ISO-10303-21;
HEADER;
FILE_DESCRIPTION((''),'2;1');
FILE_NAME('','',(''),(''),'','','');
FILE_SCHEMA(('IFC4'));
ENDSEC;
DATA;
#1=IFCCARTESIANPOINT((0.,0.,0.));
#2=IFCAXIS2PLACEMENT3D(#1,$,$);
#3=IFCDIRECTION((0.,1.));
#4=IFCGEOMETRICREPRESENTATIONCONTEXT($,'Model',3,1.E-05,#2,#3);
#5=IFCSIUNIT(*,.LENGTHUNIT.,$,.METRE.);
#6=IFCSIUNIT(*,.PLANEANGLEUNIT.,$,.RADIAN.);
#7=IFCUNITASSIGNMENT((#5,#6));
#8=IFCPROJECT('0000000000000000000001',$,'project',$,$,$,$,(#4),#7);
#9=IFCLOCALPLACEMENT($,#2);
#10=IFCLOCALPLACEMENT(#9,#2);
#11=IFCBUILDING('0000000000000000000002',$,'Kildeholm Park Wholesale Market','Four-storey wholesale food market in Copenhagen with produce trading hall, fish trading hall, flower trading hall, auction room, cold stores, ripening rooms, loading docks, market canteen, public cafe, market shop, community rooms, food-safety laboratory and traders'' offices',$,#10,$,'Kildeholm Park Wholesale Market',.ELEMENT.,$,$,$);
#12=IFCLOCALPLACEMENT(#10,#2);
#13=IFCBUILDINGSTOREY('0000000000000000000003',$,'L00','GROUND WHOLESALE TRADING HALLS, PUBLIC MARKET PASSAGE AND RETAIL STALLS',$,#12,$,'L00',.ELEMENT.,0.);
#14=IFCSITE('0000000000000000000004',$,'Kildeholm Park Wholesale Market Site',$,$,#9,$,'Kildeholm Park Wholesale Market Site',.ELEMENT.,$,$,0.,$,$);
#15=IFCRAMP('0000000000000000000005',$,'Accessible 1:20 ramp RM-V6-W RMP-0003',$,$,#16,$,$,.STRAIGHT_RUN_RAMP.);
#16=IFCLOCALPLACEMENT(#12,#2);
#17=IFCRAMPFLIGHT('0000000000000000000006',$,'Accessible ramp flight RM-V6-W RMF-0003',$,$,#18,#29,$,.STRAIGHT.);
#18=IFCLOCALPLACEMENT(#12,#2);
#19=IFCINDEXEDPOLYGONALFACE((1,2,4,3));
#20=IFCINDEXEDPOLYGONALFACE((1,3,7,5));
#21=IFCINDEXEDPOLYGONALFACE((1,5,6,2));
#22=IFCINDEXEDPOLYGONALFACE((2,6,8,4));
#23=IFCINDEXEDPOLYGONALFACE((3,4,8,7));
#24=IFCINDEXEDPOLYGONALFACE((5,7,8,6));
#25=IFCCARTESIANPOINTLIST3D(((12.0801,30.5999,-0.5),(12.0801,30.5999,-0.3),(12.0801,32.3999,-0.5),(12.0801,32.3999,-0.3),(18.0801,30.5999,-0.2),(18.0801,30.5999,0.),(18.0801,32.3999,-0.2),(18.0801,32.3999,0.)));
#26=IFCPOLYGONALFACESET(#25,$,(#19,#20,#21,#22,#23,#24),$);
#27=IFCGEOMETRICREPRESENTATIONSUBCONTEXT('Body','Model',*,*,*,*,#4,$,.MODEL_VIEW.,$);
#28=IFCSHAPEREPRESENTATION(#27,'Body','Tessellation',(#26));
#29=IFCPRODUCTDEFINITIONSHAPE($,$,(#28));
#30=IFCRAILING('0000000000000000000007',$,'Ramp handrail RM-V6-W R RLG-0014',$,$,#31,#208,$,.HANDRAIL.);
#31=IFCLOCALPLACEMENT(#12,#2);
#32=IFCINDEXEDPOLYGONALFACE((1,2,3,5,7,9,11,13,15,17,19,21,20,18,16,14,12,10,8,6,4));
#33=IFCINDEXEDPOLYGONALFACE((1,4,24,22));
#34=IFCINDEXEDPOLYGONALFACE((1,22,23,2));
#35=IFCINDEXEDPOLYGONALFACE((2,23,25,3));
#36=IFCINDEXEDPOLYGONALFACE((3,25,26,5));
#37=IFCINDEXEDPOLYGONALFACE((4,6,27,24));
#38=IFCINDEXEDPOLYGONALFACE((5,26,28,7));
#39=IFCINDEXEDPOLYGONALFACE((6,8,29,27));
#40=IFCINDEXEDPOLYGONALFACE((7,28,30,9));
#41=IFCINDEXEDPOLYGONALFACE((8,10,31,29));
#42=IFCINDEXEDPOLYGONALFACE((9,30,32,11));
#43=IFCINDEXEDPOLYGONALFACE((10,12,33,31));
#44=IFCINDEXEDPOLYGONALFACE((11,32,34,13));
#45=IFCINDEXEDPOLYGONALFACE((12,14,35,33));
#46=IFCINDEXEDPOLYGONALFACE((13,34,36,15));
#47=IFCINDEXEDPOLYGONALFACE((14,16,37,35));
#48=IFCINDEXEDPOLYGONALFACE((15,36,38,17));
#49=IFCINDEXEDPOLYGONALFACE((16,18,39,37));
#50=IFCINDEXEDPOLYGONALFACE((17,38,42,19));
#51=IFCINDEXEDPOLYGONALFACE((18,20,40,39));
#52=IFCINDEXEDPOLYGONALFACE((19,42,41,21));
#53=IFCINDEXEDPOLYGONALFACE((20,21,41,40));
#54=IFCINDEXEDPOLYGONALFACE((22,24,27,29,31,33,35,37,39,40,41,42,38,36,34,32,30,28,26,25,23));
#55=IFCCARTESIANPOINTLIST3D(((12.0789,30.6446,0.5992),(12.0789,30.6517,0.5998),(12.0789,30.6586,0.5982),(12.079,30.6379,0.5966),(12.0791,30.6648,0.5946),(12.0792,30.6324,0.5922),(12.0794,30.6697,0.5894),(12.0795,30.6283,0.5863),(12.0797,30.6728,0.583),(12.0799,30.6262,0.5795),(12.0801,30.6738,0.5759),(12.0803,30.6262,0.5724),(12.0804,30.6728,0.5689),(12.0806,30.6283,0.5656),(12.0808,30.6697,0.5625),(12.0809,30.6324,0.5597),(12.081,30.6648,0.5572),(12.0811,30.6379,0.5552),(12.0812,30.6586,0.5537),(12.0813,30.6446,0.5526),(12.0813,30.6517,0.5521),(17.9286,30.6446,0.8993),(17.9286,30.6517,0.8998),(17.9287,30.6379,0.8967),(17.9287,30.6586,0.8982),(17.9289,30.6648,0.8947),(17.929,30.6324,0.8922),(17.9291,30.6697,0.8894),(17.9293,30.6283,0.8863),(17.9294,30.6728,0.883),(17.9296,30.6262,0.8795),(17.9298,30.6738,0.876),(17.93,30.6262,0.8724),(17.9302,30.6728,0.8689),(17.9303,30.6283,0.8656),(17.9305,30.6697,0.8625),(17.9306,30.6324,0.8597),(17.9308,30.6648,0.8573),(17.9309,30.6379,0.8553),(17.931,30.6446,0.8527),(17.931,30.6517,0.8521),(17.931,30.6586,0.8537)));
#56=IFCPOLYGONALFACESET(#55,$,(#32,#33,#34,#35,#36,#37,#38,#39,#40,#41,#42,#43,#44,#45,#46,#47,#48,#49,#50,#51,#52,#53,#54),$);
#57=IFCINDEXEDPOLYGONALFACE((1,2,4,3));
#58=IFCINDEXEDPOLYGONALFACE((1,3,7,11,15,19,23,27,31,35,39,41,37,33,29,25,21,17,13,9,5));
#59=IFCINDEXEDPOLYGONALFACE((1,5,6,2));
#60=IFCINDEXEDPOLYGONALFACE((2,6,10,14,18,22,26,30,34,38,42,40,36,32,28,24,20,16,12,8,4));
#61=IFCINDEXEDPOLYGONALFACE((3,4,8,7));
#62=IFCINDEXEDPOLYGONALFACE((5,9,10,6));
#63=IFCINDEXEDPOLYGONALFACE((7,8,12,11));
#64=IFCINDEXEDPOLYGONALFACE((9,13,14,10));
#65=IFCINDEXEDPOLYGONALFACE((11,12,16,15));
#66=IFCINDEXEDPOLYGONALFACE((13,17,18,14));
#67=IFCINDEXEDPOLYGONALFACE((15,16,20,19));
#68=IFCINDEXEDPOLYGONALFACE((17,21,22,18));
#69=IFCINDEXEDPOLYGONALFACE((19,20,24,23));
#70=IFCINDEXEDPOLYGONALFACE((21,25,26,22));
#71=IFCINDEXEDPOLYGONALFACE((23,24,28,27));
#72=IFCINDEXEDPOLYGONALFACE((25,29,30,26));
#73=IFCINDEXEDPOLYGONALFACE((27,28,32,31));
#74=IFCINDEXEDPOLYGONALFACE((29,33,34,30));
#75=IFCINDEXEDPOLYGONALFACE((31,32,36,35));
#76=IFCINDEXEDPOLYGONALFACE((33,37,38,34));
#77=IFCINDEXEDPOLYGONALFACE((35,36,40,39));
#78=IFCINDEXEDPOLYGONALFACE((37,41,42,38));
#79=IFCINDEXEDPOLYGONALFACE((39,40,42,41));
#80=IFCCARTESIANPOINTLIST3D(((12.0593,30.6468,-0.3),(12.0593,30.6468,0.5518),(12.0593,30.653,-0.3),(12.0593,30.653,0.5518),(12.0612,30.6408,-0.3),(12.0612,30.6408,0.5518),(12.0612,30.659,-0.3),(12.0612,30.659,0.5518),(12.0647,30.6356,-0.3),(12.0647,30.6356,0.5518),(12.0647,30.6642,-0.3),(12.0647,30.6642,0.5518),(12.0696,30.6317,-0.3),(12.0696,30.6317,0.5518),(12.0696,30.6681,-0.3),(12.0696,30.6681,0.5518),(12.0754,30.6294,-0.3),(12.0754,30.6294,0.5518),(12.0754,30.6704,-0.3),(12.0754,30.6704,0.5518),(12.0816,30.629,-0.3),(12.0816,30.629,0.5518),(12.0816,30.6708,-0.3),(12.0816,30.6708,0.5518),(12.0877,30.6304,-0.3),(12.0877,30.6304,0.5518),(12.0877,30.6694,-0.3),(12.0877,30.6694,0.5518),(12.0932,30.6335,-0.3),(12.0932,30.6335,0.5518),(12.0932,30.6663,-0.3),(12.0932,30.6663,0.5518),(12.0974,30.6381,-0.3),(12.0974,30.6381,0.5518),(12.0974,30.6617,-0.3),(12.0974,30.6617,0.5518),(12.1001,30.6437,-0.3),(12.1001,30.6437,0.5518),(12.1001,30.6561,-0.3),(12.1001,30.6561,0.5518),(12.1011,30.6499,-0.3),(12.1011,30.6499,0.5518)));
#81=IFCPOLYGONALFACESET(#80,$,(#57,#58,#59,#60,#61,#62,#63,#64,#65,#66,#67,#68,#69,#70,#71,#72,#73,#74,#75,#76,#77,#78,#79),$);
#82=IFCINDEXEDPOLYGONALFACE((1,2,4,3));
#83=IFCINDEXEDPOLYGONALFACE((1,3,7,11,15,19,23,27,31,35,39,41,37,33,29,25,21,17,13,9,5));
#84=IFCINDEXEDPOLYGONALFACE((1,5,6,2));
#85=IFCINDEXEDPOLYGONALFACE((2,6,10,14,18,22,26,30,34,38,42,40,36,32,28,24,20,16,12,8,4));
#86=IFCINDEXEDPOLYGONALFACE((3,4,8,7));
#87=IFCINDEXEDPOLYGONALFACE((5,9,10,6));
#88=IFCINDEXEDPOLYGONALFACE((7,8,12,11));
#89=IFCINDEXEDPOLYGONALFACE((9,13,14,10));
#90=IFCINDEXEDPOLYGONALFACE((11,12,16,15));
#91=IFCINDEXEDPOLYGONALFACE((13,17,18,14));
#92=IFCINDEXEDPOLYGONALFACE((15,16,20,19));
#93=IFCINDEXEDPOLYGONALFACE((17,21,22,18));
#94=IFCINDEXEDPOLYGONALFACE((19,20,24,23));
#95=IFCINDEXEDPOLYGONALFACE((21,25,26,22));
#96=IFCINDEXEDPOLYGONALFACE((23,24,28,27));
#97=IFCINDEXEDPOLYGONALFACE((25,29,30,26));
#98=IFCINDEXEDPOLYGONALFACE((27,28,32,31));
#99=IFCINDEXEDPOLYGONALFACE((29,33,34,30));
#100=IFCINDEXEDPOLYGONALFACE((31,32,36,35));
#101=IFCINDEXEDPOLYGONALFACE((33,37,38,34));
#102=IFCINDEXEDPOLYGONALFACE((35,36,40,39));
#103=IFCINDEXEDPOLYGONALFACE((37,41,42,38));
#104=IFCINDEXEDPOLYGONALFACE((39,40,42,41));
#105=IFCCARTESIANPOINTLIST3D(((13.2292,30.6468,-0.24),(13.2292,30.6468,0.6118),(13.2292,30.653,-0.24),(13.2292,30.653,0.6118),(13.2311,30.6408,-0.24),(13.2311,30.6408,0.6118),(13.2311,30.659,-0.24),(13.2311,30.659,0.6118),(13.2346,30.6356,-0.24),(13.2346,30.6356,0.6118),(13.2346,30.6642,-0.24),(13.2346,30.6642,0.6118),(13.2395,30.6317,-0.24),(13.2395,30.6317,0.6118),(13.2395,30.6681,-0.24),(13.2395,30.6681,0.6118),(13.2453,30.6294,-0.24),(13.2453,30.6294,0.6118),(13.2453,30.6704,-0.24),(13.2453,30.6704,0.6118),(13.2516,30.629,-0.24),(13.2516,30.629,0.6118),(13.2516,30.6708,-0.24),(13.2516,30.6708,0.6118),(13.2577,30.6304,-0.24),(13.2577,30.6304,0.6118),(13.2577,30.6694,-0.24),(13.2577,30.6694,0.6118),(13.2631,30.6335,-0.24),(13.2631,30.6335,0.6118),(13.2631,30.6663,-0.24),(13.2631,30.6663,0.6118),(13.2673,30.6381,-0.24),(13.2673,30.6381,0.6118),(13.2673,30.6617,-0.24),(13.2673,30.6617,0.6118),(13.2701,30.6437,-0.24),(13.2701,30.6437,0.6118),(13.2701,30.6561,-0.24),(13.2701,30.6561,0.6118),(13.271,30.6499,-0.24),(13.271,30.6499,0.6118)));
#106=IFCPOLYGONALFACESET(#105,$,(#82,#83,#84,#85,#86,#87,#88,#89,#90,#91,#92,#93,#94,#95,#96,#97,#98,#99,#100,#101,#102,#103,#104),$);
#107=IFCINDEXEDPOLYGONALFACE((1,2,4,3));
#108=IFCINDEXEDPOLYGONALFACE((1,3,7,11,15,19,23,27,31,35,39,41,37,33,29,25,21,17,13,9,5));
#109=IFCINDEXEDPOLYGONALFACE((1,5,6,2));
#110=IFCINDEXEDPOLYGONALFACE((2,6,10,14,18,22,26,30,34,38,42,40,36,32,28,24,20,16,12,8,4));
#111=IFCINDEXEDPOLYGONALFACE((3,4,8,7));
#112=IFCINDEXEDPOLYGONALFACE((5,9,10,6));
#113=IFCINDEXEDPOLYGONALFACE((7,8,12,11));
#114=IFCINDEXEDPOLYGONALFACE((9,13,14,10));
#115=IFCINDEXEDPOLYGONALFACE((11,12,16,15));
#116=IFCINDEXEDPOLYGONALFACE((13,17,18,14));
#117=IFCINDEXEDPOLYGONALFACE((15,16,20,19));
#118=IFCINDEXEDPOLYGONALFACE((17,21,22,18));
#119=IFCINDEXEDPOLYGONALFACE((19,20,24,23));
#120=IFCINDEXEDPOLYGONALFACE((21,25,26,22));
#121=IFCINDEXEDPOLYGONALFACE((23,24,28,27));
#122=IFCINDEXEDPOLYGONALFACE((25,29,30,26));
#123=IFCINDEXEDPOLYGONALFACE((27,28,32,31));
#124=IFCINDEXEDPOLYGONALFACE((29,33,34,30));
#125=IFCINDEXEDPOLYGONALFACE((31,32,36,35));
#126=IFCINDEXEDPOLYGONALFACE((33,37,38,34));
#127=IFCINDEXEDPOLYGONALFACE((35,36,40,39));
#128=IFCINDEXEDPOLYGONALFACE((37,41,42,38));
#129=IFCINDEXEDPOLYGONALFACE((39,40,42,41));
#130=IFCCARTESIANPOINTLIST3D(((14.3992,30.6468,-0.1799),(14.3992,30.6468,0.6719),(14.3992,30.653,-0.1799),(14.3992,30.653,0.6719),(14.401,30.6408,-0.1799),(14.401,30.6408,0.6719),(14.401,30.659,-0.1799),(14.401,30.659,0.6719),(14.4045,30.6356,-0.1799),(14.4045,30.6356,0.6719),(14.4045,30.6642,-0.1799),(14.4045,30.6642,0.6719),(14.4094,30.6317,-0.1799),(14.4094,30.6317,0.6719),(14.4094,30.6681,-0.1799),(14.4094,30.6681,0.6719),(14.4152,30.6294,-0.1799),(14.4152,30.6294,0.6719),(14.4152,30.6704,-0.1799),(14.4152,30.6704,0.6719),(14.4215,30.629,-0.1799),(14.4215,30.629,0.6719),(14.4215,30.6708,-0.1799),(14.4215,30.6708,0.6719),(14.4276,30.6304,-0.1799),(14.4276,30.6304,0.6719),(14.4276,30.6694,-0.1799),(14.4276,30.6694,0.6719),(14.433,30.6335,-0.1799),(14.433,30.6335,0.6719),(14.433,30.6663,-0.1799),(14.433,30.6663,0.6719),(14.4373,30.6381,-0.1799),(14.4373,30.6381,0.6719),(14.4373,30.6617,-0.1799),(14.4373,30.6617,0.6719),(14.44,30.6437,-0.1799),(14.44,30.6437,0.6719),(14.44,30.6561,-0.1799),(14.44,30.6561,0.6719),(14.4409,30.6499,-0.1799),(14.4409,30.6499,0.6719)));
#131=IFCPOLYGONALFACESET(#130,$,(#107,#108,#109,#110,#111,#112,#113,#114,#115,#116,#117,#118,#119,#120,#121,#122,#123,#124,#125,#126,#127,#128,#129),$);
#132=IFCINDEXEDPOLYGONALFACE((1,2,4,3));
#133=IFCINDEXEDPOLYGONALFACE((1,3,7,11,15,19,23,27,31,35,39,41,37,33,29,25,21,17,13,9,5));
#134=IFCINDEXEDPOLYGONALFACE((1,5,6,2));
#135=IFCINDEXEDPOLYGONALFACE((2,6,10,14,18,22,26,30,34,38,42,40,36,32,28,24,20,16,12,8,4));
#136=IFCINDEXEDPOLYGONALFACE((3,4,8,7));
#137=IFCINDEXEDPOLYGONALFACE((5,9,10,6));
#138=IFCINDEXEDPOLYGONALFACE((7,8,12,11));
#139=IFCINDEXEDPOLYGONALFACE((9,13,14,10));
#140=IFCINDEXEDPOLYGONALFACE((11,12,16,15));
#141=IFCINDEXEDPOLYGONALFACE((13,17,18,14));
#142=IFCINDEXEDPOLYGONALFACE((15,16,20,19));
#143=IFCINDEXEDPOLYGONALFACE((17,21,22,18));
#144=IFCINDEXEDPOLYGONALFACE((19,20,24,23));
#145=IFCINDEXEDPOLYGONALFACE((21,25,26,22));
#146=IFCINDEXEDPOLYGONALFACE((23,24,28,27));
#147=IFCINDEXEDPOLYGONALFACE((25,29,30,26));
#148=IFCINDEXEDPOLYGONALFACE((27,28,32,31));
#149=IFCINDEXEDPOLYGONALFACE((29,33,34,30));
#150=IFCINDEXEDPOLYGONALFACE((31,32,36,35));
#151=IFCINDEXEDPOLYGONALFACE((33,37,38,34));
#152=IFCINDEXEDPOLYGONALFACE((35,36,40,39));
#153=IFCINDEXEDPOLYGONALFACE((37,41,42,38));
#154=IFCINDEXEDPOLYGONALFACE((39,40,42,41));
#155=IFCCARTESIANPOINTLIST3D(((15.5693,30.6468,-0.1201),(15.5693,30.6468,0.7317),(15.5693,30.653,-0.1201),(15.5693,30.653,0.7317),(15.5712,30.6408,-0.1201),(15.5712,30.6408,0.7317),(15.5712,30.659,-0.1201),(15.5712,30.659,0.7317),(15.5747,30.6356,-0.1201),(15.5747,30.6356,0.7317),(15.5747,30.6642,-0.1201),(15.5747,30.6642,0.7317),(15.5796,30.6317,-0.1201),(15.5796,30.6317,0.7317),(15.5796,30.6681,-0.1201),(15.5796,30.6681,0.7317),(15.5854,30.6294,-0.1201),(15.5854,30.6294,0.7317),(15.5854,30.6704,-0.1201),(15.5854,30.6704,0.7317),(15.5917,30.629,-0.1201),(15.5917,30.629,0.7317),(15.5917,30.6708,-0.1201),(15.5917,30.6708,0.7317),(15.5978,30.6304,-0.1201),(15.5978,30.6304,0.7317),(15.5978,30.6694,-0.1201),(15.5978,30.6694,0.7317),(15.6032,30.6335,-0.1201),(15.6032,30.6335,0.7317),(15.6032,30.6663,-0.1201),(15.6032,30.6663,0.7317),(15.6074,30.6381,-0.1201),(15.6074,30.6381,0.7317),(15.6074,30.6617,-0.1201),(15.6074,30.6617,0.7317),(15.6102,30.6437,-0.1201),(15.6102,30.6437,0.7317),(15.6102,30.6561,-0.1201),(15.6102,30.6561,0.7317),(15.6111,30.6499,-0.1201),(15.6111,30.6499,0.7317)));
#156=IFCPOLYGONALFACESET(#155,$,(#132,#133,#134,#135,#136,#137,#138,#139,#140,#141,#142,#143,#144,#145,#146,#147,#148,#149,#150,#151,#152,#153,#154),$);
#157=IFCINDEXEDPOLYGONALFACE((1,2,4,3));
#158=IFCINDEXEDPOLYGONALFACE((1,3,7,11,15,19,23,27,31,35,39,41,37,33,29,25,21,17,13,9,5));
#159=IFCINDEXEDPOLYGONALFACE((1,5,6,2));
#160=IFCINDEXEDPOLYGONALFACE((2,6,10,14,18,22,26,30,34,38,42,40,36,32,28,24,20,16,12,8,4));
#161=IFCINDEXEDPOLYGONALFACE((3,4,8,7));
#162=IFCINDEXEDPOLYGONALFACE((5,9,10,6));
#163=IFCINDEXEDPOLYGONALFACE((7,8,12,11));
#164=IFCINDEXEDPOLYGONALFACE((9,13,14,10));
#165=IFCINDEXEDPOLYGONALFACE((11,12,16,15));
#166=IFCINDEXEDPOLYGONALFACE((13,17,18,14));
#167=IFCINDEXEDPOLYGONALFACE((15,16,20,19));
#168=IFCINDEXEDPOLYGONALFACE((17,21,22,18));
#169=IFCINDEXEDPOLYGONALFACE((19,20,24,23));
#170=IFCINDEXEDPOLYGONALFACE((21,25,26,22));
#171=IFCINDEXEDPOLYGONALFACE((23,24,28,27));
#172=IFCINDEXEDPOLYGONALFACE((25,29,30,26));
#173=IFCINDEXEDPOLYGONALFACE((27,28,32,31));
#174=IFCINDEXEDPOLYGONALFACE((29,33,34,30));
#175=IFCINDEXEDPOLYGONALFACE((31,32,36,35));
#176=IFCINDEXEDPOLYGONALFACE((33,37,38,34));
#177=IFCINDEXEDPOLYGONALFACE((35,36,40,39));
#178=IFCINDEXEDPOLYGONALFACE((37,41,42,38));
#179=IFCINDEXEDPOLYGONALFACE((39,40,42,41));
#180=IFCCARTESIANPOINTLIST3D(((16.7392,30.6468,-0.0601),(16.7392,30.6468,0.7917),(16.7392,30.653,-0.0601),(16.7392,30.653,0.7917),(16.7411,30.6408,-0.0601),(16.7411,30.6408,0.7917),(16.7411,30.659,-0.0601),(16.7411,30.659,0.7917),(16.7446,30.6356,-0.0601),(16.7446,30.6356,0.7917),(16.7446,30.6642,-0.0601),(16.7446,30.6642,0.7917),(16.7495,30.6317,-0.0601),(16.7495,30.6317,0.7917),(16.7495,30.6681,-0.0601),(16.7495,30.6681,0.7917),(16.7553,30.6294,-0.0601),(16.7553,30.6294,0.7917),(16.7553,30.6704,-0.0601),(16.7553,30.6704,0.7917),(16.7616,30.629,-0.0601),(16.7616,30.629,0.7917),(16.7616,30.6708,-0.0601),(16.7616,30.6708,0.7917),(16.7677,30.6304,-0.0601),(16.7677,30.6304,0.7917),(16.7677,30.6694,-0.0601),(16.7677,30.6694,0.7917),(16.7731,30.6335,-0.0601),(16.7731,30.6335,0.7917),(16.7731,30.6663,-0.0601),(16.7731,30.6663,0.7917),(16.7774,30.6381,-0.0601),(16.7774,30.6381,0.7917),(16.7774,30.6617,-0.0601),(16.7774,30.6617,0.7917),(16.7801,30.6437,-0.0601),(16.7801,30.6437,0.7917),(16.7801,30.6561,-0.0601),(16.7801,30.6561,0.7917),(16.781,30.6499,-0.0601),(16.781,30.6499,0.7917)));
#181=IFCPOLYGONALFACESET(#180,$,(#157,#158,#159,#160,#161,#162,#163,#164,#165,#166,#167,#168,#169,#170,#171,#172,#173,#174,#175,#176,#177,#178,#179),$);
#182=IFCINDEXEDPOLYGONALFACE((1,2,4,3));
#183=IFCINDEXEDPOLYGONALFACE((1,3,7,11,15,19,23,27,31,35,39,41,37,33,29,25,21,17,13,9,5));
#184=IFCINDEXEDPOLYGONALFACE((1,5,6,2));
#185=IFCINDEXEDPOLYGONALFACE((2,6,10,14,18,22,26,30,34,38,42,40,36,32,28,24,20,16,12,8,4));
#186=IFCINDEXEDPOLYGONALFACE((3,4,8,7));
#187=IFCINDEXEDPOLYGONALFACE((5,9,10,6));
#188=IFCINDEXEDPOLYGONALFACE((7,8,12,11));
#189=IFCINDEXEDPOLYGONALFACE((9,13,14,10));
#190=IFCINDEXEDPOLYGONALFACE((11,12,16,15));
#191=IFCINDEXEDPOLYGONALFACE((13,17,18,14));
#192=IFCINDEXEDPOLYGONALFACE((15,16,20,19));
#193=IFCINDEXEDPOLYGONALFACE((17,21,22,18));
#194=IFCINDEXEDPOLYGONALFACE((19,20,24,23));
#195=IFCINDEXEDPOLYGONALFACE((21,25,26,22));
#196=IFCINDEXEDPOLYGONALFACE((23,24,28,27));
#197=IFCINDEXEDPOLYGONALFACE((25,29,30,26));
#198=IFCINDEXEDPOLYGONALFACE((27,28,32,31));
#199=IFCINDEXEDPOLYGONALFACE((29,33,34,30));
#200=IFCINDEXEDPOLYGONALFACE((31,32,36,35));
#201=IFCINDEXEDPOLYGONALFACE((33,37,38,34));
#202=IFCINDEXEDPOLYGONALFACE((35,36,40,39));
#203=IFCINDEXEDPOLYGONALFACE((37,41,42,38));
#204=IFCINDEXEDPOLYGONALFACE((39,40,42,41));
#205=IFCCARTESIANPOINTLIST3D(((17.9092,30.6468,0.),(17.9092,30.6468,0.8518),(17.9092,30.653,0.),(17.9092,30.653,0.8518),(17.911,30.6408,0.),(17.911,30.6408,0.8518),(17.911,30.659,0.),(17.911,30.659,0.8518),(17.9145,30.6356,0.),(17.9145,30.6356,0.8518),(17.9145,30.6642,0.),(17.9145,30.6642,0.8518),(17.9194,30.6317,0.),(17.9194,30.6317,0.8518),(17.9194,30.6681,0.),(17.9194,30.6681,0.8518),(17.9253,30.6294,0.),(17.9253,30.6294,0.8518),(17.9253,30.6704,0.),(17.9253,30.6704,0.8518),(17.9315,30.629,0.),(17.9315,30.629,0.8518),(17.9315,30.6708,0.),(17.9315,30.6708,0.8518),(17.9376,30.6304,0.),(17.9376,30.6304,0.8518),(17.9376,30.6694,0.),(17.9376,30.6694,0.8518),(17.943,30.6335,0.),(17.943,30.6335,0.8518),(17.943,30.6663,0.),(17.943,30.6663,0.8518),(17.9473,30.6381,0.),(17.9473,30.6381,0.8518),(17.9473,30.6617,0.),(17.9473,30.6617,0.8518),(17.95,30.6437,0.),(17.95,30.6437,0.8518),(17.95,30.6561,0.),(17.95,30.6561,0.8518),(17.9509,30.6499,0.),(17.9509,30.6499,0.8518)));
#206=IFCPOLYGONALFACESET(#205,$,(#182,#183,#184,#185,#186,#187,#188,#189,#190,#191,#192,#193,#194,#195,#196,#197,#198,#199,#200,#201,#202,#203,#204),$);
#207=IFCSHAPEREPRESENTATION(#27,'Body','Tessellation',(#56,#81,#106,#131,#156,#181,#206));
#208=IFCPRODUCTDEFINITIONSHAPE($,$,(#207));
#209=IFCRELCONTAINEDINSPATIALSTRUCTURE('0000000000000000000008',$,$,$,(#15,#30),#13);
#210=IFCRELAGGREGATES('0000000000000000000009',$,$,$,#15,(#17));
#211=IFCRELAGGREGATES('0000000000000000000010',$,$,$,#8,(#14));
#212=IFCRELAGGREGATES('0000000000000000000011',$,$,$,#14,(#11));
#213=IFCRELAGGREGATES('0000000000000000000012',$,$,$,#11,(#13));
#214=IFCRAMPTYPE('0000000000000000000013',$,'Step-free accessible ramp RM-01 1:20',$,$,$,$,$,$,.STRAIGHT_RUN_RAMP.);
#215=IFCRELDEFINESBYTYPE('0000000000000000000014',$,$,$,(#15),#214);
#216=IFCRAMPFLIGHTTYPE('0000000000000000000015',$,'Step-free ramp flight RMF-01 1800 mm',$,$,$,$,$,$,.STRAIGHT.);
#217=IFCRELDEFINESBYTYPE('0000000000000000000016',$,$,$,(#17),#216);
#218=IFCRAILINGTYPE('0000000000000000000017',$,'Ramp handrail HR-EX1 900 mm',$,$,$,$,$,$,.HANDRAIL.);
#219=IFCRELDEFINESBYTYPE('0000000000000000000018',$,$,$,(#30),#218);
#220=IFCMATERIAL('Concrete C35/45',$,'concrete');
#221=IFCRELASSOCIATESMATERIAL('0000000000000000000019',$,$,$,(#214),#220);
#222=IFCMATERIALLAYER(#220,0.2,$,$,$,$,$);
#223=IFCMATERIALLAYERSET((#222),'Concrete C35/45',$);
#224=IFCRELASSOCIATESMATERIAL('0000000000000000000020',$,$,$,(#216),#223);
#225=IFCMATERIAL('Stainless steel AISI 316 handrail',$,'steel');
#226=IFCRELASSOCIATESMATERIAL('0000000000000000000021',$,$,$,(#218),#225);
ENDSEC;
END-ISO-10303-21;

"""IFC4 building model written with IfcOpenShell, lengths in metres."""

from ifc_helpers import new_model, si_unit, direction, frame, origin, origin_2d, place, context, subcontext, project, spatial, polyline, circle, outline, extrude, material, layer, layer_set, type_object, element, aggregate, save


model = new_model("IFC4")

# Units and contexts
model_context = context("Model", 3, precision=1e-05, world=origin(), true_north=direction((0.0, 1.0)))
body_context = subcontext(model_context, "Body", "Model", "MODEL_VIEW")
ifc_project = project(units=[si_unit("LENGTHUNIT", "METRE"), si_unit("PLANEANGLEUNIT", "RADIAN")], contexts=[model_context])

# Site, building, storey
site_placement = place(None, origin())
site = spatial("IfcSite", under=ifc_project, at=site_placement, Name="Kildeholm Park Wholesale Market Site", LongName="Kildeholm Park Wholesale Market Site", CompositionType="ELEMENT", RefElevation=0.0)
building_placement = place(site_placement, origin())
building = spatial("IfcBuilding", under=site, at=building_placement, Name="Kildeholm Park Wholesale Market", Description="Four-storey wholesale food market in Copenhagen with produce trading hall, fish trading hall, flower trading hall, auction room, cold stores, ripening rooms, loading docks, market canteen, public cafe, market shop, community rooms, food-safety laboratory and traders' offices", LongName="Kildeholm Park Wholesale Market", CompositionType="ELEMENT")
storey_placement = place(building_placement, origin())
storey = spatial("IfcBuildingStorey", under=building, at=storey_placement, Name="L00", Description="GROUND WHOLESALE TRADING HALLS, PUBLIC MARKET PASSAGE AND RETAIL STALLS", LongName="L00", CompositionType="ELEMENT", Elevation=0.0)

# Shared definitions
ifc_material_1 = material(Name="Concrete C35/45", Category="concrete")

# Ramp, ramp flight
ramp_type = type_object("IfcRampType", Name="Step-free accessible ramp RM-01 1:20", PredefinedType="STRAIGHT_RUN_RAMP", material=ifc_material_1)
ramp_placement = place(storey_placement, origin())
ramp = element("IfcRamp", 1, at=ramp_placement, inside=storey, type_object=ramp_type, Name="Accessible 1:20 ramp RM-V6-W RMP-0003", PredefinedType="STRAIGHT_RUN_RAMP")
ifc_layer_1 = layer(ifc_material_1, 0.2)
ifc_layer_set_1 = layer_set([ifc_layer_1], Name="Concrete C35/45")
ramp_flight_type = type_object("IfcRampFlightType", Name="Step-free ramp flight RMF-01 1800 mm", PredefinedType="STRAIGHT", material=ifc_layer_set_1)
ramp_flight_placement = place(storey_placement, frame((12.0801, 31.5, -0.3), z_axis=(0.0, 0.0, 1.0), x_axis=(1.0, 0.0, 0.0)))
ramp_flight = element("IfcRampFlight", 2, at=ramp_flight_placement, type_object=ramp_flight_type, Name="Accessible ramp flight RM-V6-W RMF-0003", PredefinedType="STRAIGHT", context=body_context, shape_type="SweptSolid", body=[
    extrude(outline(polyline([(0.0, 0.0), (0.0, -0.2), (6.0, 0.1001), (6.0, 0.3), (0.0, 0.0)])), frame((0.0, 0.8999, 0.0), z_axis=(0.0, -1.0, 0.0), x_axis=(1.0, 0.0, 0.0)), (0.0, 0.0, 1.0), 1.8),
])
aggregate(ramp, [ramp_flight])

# Railing
ifc_material_2 = material(Name="Stainless steel AISI 316 handrail", Category="steel")
railing_type = type_object("IfcRailingType", Name="Ramp handrail HR-EX1 900 mm", PredefinedType="HANDRAIL", material=ifc_material_2)
for number, where, name in (
    (3, (12.0801, 30.6499, -0.3), "Ramp handrail RM-V6-W R RLG-0014"),
):
    element("IfcRailing", number, at=place(storey_placement, frame(where)), inside=storey, type_object=railing_type, Name=name, PredefinedType="HANDRAIL", context=body_context, shape_type="SweptSolid", body=[
        extrude(circle(Radius=0.0239, at=origin_2d()), frame((0.0, 0.0, 0.876), z_axis=(0.998687, 0.0, 0.051224), x_axis=(0.0, 1.0, 0.0)), (0.0, 0.0, 1.0), 5.8574),
        extrude(circle(Radius=0.021, at=origin_2d()), origin(), (0.0, 0.0, 1.0), 0.8518),
        extrude(circle(Radius=0.021, at=origin_2d()), frame((1.1699, 0.0, 0.0601)), (0.0, 0.0, 1.0), 0.8518),
        extrude(circle(Radius=0.021, at=origin_2d()), frame((2.3398, 0.0, 0.1201)), (0.0, 0.0, 1.0), 0.8518),
        extrude(circle(Radius=0.021, at=origin_2d()), frame((3.51, 0.0, 0.1799)), (0.0, 0.0, 1.0), 0.8518),
        extrude(circle(Radius=0.021, at=origin_2d()), frame((4.6799, 0.0, 0.24)), (0.0, 0.0, 1.0), 0.8518),
        extrude(circle(Radius=0.021, at=origin_2d()), frame((5.8499, 0.0, 0.3)), (0.0, 0.0, 1.0), 0.8518),
    ])

save(model, "model.ifc")
